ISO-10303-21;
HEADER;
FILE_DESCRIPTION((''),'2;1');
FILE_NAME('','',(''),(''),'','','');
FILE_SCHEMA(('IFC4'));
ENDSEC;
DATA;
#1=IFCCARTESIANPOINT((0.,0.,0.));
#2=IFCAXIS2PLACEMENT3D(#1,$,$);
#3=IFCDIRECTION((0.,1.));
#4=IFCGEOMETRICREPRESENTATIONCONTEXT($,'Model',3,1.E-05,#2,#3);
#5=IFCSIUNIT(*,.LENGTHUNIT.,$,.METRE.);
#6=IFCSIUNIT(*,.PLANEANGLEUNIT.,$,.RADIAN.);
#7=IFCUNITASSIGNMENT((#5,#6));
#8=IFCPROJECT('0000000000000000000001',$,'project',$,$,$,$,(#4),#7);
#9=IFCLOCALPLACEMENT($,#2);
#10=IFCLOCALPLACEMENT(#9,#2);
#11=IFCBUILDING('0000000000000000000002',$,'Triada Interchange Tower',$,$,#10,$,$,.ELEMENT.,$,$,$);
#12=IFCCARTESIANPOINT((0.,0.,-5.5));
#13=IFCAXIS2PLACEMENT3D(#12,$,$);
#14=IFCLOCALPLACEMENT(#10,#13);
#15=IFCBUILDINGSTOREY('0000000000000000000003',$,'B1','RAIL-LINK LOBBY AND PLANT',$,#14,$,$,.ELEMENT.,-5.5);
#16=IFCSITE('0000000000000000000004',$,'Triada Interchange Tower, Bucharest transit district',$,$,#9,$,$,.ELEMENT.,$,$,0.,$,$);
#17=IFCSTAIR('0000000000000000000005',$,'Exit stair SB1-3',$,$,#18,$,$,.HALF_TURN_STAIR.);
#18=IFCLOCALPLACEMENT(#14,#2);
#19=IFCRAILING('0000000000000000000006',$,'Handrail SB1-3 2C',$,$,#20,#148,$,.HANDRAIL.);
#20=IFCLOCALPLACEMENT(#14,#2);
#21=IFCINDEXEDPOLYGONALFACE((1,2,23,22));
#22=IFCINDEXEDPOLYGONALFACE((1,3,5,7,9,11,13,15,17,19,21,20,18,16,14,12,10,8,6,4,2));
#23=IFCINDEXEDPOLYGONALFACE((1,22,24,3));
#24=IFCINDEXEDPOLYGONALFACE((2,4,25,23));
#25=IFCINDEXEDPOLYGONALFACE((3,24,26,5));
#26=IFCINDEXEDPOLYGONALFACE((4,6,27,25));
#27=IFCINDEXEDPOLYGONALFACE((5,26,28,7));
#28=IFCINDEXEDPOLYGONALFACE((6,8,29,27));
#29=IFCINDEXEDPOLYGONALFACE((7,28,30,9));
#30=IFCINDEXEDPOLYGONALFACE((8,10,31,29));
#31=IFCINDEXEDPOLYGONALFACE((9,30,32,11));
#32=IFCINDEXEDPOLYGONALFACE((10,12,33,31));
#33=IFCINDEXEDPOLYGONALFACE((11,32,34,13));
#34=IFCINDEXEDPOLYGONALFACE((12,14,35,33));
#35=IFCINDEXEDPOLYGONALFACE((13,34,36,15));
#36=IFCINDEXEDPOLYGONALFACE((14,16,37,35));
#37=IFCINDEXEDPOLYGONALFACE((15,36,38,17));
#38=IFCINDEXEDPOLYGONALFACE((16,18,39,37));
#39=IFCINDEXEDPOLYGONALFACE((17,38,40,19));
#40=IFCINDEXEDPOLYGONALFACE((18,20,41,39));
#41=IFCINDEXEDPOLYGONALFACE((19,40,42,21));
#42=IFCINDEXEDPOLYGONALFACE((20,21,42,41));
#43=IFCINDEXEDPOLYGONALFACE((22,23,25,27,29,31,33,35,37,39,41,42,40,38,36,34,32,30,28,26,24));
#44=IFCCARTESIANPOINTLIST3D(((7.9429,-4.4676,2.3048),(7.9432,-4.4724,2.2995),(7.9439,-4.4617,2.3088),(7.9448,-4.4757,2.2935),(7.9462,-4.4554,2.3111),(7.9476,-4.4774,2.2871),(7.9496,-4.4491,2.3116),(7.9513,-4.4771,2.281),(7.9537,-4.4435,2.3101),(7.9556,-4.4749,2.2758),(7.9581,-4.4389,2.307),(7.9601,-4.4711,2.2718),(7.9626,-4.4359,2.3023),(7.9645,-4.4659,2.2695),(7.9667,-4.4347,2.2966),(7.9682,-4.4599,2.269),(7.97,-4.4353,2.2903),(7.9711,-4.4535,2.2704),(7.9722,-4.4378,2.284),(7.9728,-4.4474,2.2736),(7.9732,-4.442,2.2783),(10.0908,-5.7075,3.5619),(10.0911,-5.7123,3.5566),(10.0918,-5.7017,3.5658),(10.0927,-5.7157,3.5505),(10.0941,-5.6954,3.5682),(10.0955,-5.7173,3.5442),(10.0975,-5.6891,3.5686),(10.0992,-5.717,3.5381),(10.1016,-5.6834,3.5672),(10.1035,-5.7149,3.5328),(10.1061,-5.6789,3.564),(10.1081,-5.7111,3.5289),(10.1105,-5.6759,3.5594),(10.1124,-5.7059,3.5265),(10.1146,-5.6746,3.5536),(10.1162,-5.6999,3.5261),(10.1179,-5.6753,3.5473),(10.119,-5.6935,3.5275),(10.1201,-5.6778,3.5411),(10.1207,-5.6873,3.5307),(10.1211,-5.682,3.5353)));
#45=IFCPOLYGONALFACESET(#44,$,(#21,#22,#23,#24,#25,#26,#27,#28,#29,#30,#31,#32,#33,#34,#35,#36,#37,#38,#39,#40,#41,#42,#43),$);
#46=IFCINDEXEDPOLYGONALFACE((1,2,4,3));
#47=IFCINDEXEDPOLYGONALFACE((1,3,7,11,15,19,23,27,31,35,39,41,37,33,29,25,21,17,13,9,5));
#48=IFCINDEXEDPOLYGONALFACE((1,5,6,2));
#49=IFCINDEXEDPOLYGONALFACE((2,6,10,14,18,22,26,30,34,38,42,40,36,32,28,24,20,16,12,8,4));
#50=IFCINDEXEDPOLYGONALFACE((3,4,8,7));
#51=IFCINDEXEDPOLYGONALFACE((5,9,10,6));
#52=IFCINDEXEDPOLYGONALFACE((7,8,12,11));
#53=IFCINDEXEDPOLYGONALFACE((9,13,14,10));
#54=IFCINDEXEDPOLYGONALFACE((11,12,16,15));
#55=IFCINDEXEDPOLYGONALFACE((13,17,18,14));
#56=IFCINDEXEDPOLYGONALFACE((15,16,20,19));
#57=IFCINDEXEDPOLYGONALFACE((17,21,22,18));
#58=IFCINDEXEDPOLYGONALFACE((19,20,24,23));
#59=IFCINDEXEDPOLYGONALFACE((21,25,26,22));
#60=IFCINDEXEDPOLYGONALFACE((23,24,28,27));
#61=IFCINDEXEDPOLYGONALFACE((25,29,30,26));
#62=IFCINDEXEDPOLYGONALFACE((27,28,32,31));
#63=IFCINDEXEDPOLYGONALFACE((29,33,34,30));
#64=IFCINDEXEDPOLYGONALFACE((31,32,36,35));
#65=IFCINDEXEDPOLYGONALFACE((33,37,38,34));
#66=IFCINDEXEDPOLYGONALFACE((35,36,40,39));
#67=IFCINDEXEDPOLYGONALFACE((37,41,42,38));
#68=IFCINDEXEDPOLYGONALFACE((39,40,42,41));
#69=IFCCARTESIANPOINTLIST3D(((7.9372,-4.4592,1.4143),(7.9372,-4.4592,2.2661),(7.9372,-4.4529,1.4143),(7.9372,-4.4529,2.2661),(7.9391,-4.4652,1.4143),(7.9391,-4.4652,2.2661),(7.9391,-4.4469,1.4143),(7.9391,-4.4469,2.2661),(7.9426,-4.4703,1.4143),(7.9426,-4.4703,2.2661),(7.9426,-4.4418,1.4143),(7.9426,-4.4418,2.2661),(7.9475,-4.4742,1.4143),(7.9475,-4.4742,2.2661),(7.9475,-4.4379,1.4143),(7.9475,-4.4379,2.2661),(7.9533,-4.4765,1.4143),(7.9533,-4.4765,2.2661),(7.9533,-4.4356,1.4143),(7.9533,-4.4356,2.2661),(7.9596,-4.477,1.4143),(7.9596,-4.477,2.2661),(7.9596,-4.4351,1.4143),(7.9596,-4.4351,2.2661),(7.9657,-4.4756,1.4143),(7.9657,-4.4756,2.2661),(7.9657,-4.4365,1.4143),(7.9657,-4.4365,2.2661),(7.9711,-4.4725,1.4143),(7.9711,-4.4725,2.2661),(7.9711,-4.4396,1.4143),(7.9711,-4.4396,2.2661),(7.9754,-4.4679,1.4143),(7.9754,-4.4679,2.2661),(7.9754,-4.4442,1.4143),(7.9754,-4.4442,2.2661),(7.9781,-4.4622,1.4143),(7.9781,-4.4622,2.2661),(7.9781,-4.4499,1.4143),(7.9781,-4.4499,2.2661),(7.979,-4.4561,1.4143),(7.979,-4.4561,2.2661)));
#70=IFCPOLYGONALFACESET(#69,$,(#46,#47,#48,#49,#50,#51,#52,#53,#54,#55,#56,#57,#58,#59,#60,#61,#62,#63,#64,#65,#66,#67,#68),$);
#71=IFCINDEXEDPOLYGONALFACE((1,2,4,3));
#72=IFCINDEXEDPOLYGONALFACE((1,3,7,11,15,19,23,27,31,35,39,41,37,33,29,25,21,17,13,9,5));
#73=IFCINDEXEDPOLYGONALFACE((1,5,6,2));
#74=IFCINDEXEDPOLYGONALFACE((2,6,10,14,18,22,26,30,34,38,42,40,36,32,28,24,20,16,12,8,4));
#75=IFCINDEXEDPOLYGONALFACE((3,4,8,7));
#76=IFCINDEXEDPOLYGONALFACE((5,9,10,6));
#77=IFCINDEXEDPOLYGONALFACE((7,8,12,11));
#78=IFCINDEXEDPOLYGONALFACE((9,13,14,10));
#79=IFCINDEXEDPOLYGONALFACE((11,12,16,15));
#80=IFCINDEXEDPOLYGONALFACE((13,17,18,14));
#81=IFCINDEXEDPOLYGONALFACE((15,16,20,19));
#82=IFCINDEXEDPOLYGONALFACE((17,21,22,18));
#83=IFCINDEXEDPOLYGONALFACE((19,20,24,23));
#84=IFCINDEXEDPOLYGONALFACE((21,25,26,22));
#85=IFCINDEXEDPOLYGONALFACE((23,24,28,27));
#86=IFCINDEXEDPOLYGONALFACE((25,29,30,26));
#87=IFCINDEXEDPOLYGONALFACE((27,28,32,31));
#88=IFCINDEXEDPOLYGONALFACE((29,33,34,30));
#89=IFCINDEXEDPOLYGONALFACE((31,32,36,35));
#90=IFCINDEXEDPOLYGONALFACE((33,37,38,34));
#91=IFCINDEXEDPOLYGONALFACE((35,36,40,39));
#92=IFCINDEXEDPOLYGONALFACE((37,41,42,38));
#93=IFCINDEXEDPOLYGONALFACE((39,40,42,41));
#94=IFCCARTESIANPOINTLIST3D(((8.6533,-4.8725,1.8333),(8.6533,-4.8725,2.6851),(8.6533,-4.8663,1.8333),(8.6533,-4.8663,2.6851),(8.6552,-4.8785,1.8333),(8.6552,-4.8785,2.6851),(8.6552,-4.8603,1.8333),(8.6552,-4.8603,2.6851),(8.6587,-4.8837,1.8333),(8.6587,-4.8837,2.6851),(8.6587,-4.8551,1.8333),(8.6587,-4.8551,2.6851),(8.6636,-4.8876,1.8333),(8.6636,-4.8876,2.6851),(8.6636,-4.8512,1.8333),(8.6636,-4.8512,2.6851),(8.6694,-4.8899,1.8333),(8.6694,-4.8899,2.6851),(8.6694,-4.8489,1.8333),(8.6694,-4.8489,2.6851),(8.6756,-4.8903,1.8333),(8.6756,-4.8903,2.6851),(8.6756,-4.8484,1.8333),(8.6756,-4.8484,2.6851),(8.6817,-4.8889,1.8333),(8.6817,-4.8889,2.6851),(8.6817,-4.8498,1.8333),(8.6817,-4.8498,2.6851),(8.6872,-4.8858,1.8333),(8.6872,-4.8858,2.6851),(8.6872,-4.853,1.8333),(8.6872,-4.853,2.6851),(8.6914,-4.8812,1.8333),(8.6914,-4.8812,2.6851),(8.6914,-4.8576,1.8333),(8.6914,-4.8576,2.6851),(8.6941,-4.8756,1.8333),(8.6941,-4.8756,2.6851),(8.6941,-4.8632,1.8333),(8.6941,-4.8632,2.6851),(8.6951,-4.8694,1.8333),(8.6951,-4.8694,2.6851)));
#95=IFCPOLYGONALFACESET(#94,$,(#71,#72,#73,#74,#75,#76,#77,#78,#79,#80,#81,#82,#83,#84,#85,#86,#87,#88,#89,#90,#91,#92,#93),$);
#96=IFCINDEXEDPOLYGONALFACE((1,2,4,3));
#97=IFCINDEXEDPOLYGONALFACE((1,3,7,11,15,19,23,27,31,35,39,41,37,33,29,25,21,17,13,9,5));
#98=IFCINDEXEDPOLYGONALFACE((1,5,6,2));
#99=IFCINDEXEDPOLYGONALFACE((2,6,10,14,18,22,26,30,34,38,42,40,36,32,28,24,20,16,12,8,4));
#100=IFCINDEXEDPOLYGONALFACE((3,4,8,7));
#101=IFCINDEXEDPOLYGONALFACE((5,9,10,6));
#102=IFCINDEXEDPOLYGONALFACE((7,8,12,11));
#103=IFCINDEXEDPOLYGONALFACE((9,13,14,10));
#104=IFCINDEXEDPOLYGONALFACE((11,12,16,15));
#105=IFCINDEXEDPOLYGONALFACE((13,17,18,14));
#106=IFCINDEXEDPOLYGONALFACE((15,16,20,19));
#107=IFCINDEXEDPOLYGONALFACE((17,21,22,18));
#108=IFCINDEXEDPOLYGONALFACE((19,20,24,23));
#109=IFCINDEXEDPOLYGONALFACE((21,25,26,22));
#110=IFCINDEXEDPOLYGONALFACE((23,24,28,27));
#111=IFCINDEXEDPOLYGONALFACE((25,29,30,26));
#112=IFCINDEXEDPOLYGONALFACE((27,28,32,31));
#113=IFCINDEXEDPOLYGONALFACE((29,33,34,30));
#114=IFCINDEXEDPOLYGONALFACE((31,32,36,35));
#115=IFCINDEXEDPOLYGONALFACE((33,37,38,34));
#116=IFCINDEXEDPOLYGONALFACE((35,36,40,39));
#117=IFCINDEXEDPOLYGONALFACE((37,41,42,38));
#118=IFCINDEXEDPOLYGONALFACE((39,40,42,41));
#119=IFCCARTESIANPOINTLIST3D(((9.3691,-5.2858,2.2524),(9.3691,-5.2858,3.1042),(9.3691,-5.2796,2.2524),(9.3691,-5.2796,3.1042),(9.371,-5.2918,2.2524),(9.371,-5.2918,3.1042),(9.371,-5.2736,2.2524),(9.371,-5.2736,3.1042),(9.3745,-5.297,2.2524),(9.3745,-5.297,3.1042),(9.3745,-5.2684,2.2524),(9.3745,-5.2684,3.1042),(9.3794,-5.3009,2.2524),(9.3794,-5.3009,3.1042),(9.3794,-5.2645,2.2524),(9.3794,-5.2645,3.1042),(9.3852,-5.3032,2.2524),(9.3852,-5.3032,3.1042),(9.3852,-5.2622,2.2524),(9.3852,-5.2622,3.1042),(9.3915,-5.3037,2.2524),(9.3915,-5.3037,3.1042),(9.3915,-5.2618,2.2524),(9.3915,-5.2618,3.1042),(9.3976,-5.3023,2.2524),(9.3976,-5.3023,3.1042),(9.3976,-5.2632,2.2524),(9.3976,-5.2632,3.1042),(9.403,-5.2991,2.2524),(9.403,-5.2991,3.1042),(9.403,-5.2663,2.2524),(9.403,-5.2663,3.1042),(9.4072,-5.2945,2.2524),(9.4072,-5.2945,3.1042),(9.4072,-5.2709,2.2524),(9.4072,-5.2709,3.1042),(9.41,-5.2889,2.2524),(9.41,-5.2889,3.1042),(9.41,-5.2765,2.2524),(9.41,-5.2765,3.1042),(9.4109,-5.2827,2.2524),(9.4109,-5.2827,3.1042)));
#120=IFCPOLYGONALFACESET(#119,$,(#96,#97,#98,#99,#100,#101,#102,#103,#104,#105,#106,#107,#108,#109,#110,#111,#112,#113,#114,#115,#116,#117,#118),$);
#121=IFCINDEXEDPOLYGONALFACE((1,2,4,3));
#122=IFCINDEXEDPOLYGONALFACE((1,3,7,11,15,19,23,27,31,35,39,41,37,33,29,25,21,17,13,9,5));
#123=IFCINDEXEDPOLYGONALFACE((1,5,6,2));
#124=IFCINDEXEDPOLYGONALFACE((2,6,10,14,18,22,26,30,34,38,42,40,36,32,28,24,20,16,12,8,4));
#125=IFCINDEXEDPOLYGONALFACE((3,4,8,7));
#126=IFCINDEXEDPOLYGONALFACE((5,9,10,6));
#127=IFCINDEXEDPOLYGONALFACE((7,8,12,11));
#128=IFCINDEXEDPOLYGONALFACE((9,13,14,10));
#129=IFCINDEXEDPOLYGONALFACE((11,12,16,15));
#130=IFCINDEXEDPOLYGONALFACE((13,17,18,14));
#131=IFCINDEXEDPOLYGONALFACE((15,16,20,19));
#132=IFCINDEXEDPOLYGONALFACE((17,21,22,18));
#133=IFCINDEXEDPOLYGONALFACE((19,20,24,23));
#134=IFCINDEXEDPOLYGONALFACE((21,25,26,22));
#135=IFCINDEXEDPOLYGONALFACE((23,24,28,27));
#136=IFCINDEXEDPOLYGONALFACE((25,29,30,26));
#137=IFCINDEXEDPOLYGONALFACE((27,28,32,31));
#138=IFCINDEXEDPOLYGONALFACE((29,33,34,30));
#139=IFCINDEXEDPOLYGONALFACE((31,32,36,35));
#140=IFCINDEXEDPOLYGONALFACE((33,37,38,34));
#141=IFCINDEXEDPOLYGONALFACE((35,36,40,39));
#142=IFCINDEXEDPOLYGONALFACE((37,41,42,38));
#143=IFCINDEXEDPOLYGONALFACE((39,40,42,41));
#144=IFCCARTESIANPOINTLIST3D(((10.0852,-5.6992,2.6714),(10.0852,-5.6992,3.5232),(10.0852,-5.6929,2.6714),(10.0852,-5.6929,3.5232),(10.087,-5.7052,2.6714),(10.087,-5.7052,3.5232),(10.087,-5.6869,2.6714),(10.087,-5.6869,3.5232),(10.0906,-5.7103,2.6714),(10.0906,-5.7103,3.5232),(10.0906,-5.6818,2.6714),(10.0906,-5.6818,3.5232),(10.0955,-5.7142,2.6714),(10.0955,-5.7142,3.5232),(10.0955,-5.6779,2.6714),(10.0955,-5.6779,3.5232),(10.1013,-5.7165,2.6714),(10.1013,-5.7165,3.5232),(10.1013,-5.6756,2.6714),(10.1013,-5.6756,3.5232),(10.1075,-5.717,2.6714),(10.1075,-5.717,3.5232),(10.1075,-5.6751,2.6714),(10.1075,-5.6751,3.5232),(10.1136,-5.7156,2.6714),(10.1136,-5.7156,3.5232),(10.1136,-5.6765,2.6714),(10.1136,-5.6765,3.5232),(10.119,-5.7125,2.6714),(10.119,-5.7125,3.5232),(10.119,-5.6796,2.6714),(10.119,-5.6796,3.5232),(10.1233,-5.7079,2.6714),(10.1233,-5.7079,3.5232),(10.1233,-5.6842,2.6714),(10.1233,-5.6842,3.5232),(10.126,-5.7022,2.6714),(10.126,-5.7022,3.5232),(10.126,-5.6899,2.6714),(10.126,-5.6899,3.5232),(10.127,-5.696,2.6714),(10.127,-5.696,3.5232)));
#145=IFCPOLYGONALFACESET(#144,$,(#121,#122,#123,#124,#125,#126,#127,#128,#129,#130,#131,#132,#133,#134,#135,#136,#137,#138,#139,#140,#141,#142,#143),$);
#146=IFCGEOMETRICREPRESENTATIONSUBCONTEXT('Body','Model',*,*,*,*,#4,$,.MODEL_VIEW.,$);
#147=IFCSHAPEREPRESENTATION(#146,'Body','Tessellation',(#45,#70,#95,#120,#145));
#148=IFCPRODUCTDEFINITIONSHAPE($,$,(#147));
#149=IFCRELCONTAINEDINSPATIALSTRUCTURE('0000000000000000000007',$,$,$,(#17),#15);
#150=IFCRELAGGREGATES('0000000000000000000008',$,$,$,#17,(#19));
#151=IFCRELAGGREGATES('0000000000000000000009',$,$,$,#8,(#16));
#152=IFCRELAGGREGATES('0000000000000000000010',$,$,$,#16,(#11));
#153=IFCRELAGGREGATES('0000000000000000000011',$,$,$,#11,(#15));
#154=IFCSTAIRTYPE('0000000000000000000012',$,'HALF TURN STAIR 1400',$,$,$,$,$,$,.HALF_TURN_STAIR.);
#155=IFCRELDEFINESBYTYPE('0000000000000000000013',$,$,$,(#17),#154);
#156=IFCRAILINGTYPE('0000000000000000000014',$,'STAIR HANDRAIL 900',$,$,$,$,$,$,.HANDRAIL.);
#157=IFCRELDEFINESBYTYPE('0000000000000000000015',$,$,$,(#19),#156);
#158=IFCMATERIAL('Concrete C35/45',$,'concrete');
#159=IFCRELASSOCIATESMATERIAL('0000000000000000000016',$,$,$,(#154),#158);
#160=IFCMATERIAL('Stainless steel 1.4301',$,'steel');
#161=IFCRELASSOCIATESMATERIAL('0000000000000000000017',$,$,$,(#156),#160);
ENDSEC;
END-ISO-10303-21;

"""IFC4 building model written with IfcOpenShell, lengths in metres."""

from ifc_helpers import new_model, si_unit, direction, frame, origin, origin_2d, place, context, subcontext, project, spatial, circle, extrude, material, type_object, element, aggregate, save


model = new_model("IFC4")

# Units and contexts
model_context = context("Model", 3, precision=1e-05, world=origin(), true_north=direction((0.0, 1.0)))
body_context = subcontext(model_context, "Body", "Model", "MODEL_VIEW")
ifc_project = project(units=[si_unit("LENGTHUNIT", "METRE"), si_unit("PLANEANGLEUNIT", "RADIAN")], contexts=[model_context])

# Site, building, storey
site_placement = place(None, origin())
site = spatial("IfcSite", under=ifc_project, at=site_placement, Name="Triada Interchange Tower, Bucharest transit district", CompositionType="ELEMENT", RefElevation=0.0)
building_placement = place(site_placement, origin())
building = spatial("IfcBuilding", under=site, at=building_placement, Name="Triada Interchange Tower", CompositionType="ELEMENT")
storey_placement = place(building_placement, frame((0.0, 0.0, -5.5)))
storey = spatial("IfcBuildingStorey", under=building, at=storey_placement, Name="B1", Description="RAIL-LINK LOBBY AND PLANT", CompositionType="ELEMENT", Elevation=-5.5)

# Stair, railing
ifc_material_1 = material(Name="Concrete C35/45", Category="concrete")
stair_type = type_object("IfcStairType", Name="HALF TURN STAIR 1400", PredefinedType="HALF_TURN_STAIR", material=ifc_material_1)
stair_placement = place(storey_placement, origin())
stair = element("IfcStair", 1, at=stair_placement, inside=storey, type_object=stair_type, Name="Exit stair SB1-3", PredefinedType="HALF_TURN_STAIR")
ifc_material_2 = material(Name="Stainless steel 1.4301", Category="steel")
railing_type = type_object("IfcRailingType", Name="STAIR HANDRAIL 900", PredefinedType="HANDRAIL", material=ifc_material_2)
railing_1_placement = place(storey_placement, frame((7.958, -4.4561, 1.4143)))
railing_1 = element("IfcRailing", 2, at=railing_1_placement, type_object=railing_type, Name="Handrail SB1-3 2C", PredefinedType="HANDRAIL", context=body_context, shape_type="SweptSolid", body=[
    extrude(circle(Radius=0.0239, at=origin_2d()), frame((0.0, 0.0, 0.876), z_axis=(0.772488, -0.44595, 0.452096), x_axis=(0.499961, 0.866048, 0.0)), (0.0, 0.0, 1.0), 2.7805),
    extrude(circle(Radius=0.021, at=origin_2d()), origin(), (0.0, 0.0, 1.0), 0.8518),
    extrude(circle(Radius=0.021, at=origin_2d()), frame((0.7161, -0.4133, 0.4189)), (0.0, 0.0, 1.0), 0.8518),
    extrude(circle(Radius=0.021, at=origin_2d()), frame((1.4319, -0.8267, 0.8381)), (0.0, 0.0, 1.0), 0.8518),
    extrude(circle(Radius=0.021, at=origin_2d()), frame((2.1479, -1.24, 1.2571)), (0.0, 0.0, 1.0), 0.8518),
])
aggregate(stair, [railing_1])

save(model, "model.ifc")
